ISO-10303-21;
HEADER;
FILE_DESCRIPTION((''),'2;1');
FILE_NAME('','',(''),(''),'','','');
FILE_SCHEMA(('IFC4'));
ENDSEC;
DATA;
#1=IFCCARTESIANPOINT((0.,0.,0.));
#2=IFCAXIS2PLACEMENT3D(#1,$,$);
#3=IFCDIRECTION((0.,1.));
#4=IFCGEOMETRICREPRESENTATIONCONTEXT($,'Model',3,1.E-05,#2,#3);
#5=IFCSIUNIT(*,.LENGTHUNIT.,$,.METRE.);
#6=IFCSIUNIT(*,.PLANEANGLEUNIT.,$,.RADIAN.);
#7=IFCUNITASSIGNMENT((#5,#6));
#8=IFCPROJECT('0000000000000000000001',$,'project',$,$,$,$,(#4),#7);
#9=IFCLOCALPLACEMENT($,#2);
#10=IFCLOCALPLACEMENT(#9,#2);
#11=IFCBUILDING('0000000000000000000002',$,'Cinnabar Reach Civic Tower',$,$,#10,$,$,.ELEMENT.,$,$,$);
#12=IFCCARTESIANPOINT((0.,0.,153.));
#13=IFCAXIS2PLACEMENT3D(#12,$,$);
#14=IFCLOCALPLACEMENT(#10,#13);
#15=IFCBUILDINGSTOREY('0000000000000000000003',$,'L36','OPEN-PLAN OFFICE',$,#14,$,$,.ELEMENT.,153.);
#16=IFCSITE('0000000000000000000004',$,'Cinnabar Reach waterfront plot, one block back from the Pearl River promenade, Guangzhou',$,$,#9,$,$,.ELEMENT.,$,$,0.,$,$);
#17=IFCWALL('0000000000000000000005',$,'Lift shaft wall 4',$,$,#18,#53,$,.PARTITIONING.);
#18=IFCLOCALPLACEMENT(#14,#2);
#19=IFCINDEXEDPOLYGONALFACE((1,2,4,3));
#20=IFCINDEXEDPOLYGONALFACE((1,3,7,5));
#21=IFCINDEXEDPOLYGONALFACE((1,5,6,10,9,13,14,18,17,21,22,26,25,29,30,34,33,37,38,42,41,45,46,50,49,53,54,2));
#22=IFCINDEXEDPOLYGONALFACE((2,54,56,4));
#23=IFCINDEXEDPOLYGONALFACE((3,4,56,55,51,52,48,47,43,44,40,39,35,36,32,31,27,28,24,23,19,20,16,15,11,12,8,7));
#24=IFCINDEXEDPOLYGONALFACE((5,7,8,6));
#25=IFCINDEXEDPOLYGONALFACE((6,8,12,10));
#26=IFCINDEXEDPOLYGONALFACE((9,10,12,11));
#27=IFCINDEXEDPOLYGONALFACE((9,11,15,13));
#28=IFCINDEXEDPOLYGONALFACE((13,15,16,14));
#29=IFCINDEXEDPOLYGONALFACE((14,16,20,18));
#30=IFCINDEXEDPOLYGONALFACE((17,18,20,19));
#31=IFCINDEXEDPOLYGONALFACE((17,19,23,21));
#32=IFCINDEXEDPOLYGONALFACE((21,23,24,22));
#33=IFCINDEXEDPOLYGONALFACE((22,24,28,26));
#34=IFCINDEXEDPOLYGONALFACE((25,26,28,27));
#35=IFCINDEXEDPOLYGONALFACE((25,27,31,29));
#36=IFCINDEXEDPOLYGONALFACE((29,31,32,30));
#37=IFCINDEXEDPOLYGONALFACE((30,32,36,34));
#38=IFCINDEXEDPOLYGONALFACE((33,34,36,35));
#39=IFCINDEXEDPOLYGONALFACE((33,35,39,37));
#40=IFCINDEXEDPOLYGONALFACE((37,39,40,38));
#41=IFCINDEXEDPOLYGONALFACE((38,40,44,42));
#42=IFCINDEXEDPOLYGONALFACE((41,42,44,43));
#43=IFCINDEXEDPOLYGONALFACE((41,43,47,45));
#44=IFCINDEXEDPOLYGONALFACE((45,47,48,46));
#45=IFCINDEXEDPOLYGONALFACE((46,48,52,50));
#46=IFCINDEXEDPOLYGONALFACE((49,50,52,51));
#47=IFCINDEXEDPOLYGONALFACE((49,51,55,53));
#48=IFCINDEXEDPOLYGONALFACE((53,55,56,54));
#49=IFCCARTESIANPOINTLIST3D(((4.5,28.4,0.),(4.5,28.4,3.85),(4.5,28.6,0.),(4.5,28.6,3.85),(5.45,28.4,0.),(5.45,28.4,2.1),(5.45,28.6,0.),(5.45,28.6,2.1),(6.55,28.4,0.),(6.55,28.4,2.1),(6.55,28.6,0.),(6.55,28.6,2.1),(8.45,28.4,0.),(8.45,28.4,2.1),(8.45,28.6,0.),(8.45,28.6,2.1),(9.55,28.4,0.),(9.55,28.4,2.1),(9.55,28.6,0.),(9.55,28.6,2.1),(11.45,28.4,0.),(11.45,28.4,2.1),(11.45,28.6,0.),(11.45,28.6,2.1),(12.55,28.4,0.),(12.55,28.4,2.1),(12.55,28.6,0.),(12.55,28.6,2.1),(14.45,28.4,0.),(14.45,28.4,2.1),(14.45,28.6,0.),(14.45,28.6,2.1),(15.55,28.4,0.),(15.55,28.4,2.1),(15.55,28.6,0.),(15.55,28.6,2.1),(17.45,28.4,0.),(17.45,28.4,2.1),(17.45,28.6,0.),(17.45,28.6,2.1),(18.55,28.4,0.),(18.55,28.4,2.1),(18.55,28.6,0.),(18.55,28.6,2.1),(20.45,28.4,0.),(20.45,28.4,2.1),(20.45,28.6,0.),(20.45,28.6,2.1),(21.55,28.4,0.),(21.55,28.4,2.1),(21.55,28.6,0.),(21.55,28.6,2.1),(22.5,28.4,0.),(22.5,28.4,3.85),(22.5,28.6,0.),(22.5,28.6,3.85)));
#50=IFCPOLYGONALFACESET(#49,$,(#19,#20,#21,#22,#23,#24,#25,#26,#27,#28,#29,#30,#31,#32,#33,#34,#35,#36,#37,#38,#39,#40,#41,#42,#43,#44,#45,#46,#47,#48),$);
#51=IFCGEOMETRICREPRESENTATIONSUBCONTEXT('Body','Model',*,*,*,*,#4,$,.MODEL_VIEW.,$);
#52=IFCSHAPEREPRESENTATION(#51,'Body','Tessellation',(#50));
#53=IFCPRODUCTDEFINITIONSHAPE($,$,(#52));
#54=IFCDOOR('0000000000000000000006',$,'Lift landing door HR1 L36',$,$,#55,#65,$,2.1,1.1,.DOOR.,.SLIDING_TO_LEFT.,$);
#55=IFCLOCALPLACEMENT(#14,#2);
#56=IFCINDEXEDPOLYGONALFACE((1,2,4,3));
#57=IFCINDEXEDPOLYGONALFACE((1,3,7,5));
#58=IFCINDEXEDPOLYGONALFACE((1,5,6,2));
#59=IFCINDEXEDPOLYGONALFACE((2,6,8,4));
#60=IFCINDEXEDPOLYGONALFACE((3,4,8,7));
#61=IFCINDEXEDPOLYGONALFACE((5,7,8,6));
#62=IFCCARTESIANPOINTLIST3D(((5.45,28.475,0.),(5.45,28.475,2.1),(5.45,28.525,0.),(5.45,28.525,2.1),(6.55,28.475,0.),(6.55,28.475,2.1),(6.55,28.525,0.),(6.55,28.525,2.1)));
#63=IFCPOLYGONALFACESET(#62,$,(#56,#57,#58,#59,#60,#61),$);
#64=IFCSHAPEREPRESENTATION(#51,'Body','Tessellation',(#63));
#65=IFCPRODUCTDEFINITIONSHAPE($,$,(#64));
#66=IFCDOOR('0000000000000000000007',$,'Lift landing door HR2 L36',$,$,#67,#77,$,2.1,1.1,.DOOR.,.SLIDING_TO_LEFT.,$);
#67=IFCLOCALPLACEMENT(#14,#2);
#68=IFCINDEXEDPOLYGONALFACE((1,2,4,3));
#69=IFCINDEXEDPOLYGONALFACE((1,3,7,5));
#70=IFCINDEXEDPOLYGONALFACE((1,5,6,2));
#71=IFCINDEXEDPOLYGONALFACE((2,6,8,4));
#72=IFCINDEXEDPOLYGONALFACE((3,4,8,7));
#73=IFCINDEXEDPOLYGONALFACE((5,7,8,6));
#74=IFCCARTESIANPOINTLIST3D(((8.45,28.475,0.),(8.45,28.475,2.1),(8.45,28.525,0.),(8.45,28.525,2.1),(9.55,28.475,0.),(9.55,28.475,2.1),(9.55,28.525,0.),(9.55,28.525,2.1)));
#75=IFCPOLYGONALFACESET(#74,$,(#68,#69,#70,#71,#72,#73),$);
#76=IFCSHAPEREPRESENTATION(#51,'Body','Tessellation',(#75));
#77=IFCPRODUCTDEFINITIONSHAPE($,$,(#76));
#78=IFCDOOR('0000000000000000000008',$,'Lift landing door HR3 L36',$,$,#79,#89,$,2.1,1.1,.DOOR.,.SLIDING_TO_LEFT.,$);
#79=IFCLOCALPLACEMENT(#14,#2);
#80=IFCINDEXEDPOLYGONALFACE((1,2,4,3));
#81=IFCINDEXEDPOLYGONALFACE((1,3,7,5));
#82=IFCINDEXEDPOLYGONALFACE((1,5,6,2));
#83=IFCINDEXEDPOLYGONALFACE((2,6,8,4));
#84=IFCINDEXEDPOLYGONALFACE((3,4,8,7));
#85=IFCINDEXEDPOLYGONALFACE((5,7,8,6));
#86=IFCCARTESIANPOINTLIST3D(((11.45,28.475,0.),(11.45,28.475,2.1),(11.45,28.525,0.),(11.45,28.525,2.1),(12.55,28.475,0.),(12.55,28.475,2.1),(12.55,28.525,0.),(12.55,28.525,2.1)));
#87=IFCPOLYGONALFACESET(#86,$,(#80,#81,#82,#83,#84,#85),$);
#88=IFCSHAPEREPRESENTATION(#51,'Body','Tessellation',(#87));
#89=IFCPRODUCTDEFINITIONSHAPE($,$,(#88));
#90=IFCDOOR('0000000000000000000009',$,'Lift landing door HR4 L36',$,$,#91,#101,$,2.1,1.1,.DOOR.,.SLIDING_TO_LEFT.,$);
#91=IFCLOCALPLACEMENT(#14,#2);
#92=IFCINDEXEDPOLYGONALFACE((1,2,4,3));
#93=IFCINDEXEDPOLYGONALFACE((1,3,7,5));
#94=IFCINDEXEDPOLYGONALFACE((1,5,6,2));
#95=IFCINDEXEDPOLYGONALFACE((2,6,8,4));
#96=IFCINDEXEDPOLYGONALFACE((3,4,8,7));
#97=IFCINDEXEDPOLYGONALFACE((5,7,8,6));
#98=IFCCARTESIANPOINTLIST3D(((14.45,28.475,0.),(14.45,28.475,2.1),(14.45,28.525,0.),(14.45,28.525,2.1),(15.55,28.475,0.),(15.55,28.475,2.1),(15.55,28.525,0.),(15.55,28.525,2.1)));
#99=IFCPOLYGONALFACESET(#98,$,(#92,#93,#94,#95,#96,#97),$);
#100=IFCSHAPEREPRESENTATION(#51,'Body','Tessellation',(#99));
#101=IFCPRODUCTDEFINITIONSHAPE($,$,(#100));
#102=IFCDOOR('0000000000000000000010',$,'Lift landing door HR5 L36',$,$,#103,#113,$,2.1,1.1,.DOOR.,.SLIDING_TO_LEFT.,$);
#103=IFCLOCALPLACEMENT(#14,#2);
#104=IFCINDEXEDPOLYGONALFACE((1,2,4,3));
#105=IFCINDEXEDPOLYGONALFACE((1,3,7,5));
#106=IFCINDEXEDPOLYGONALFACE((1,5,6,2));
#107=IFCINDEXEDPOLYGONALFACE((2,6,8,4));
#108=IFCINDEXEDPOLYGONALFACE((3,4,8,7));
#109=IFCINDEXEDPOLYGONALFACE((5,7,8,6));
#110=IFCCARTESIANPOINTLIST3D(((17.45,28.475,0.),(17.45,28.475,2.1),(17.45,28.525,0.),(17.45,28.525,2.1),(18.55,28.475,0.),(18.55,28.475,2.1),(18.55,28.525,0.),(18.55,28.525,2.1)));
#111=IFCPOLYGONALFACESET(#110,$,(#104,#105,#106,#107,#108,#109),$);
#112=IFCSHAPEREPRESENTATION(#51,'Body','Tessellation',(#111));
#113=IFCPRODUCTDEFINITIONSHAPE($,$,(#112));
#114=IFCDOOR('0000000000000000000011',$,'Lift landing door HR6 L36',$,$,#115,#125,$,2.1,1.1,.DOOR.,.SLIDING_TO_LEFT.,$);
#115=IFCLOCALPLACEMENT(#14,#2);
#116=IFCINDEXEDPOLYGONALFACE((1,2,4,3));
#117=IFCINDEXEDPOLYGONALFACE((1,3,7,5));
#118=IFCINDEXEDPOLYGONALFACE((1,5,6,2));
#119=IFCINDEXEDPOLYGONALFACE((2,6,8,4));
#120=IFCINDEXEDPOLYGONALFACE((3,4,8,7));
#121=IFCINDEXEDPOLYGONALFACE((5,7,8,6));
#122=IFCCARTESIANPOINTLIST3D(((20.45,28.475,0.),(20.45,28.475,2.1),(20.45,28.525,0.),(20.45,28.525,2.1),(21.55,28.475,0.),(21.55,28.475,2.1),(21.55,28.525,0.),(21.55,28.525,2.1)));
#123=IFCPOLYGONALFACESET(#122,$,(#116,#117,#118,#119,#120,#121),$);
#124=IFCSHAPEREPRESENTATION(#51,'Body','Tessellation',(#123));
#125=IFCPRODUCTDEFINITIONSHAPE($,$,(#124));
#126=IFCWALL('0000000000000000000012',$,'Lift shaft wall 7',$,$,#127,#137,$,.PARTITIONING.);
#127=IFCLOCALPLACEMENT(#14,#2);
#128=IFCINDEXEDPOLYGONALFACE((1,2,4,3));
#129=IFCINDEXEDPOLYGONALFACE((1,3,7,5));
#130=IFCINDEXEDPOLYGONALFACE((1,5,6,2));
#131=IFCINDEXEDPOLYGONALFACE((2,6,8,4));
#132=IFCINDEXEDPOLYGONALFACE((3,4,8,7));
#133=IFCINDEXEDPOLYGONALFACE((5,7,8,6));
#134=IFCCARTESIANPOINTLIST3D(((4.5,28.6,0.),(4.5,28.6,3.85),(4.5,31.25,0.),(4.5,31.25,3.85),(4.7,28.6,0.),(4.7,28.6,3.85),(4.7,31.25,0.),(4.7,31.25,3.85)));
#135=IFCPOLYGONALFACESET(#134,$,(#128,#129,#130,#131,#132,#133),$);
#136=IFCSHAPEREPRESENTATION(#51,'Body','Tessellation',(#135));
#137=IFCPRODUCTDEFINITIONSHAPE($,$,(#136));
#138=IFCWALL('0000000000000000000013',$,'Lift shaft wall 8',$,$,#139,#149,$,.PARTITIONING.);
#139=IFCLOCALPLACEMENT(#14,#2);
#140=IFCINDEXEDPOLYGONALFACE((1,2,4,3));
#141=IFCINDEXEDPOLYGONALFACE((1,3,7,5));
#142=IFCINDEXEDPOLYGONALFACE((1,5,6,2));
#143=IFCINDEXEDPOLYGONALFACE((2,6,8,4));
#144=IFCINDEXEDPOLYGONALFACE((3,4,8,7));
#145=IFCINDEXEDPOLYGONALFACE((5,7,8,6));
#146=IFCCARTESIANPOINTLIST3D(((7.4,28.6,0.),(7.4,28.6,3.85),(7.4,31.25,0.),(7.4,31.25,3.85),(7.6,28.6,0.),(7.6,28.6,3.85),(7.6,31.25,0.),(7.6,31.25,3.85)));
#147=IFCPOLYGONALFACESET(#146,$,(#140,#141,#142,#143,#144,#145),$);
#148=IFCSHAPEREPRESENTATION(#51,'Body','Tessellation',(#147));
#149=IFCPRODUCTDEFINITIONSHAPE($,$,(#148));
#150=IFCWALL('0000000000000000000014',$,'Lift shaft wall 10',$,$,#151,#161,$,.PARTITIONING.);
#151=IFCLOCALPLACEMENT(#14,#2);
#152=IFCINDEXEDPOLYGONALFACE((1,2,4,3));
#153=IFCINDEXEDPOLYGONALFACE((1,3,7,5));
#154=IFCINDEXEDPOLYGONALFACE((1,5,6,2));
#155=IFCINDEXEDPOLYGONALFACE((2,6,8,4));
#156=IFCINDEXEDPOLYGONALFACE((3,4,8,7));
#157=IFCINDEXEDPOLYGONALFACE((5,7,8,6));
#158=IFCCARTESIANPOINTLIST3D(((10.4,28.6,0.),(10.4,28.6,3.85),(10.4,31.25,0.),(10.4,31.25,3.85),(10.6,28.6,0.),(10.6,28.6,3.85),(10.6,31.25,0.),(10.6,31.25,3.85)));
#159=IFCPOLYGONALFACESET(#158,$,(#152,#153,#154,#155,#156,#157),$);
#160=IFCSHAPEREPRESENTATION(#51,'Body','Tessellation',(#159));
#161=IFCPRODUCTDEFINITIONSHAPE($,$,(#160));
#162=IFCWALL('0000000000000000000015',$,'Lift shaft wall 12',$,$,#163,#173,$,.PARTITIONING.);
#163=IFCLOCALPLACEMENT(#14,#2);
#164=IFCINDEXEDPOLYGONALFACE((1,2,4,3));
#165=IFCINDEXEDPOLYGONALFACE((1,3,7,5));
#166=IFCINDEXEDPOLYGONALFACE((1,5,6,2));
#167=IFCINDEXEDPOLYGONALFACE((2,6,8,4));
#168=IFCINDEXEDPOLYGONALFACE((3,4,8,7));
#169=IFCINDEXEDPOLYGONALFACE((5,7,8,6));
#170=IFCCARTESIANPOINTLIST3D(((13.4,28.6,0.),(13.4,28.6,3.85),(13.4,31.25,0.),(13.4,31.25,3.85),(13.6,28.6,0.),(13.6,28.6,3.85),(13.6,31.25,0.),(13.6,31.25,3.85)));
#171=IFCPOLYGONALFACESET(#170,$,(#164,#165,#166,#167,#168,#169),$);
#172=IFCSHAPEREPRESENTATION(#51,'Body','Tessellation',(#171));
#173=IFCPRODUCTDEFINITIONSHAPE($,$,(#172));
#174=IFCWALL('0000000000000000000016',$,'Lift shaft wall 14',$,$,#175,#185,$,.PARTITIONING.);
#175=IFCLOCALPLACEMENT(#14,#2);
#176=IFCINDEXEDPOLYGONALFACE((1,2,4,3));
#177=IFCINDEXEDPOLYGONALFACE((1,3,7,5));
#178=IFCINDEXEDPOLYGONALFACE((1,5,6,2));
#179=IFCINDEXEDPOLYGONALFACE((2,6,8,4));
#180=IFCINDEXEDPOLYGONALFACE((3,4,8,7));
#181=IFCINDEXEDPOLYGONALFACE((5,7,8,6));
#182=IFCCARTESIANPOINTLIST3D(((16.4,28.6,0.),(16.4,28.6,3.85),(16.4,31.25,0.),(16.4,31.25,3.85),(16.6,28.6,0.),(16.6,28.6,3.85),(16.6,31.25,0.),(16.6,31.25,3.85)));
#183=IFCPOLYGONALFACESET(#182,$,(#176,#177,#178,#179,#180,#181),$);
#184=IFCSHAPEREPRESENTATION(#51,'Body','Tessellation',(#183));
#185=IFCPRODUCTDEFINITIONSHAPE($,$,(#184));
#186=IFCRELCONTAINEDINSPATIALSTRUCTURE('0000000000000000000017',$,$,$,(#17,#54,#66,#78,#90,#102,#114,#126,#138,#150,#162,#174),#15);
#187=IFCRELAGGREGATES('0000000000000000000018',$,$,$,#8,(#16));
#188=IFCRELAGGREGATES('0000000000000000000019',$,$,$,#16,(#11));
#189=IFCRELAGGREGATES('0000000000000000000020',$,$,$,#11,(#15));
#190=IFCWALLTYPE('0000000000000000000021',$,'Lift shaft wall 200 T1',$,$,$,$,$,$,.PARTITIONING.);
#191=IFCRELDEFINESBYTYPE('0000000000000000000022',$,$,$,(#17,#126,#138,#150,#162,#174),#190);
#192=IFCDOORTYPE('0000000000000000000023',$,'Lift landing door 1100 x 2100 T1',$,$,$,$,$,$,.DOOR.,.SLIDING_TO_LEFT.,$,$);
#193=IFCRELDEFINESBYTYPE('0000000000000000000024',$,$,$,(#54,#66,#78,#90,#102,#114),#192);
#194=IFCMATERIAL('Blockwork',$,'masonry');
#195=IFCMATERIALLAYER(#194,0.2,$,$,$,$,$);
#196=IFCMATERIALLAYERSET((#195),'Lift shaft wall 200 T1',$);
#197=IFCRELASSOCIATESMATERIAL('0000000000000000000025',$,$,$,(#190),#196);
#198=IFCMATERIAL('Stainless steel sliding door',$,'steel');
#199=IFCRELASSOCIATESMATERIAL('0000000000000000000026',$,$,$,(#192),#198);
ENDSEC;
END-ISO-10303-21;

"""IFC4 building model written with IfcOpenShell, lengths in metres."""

from ifc_helpers import new_model, si_unit, direction, frame, frame_2d, origin, place, context, subcontext, project, spatial, rectangle, extrude, material, layer, layer_set, type_object, element, fill, save


model = new_model("IFC4")

# Units and contexts
model_context = context("Model", 3, precision=1e-05, world=origin(), true_north=direction((0.0, 1.0)))
body_context = subcontext(model_context, "Body", "Model", "MODEL_VIEW")
ifc_project = project(units=[si_unit("LENGTHUNIT", "METRE"), si_unit("PLANEANGLEUNIT", "RADIAN")], contexts=[model_context])

# Site, building, storey
site_placement = place(None, origin())
site = spatial("IfcSite", under=ifc_project, at=site_placement, Name="Cinnabar Reach waterfront plot, one block back from the Pearl River promenade, Guangzhou", CompositionType="ELEMENT", RefElevation=0.0)
building_placement = place(site_placement, origin())
building = spatial("IfcBuilding", under=site, at=building_placement, Name="Cinnabar Reach Civic Tower", CompositionType="ELEMENT")
storey_placement = place(building_placement, frame((0.0, 0.0, 153.0)))
storey = spatial("IfcBuildingStorey", under=building, at=storey_placement, Name="L36", Description="OPEN-PLAN OFFICE", CompositionType="ELEMENT", Elevation=153.0)

# Wall, openings, doors
ifc_material_1 = material(Name="Blockwork", Category="masonry")
ifc_layer_1 = layer(ifc_material_1, 0.2)
ifc_layer_set_1 = layer_set([ifc_layer_1], Name="Lift shaft wall 200 T1")
wall_type_1 = type_object("IfcWallType", Name="Lift shaft wall 200 T1", PredefinedType="PARTITIONING", material=ifc_layer_set_1)
wall_1_placement = place(storey_placement, frame((4.5, 28.5, 0.0), z_axis=(0.0, 0.0, 1.0), x_axis=(1.0, 0.0, 0.0)))
wall_1 = element("IfcWall", 1, at=wall_1_placement, inside=storey, type_object=wall_type_1, Name="Lift shaft wall 4", PredefinedType="PARTITIONING", context=body_context, shape_type="SweptSolid", body=[
    extrude(rectangle(XDim=18.0, YDim=0.2, at=frame_2d((9.0, 0.0))), origin(), (0.0, 0.0, 1.0), 3.85),
])
opening_1_placement = place(wall_1_placement, frame((0.95, 0.0, 0.0)))
opening_1 = element("IfcOpeningElement", 2, at=opening_1_placement, cuts=wall_1, PredefinedType="OPENING", context=body_context, shape_type="SweptSolid", body=[
    extrude(rectangle(XDim=1.1, YDim=2.1, at=frame_2d((0.55, 1.05))), frame((0.0, 0.11, 0.0), z_axis=(0.0, -1.0, 0.0), x_axis=(1.0, 0.0, 0.0)), (0.0, 0.0, 1.0), 0.22),
])
opening_2_placement = place(wall_1_placement, frame((3.95, 0.0, 0.0)))
opening_2 = element("IfcOpeningElement", 3, at=opening_2_placement, cuts=wall_1, PredefinedType="OPENING", context=body_context, shape_type="SweptSolid", body=[
    extrude(rectangle(XDim=1.1, YDim=2.1, at=frame_2d((0.55, 1.05))), frame((0.0, 0.11, 0.0), z_axis=(0.0, -1.0, 0.0), x_axis=(1.0, 0.0, 0.0)), (0.0, 0.0, 1.0), 0.22),
])
opening_3_placement = place(wall_1_placement, frame((6.95, 0.0, 0.0)))
opening_3 = element("IfcOpeningElement", 4, at=opening_3_placement, cuts=wall_1, PredefinedType="OPENING", context=body_context, shape_type="SweptSolid", body=[
    extrude(rectangle(XDim=1.1, YDim=2.1, at=frame_2d((0.55, 1.05))), frame((0.0, 0.11, 0.0), z_axis=(0.0, -1.0, 0.0), x_axis=(1.0, 0.0, 0.0)), (0.0, 0.0, 1.0), 0.22),
])
opening_4_placement = place(wall_1_placement, frame((9.95, 0.0, 0.0)))
opening_4 = element("IfcOpeningElement", 5, at=opening_4_placement, cuts=wall_1, PredefinedType="OPENING", context=body_context, shape_type="SweptSolid", body=[
    extrude(rectangle(XDim=1.1, YDim=2.1, at=frame_2d((0.55, 1.05))), frame((0.0, 0.11, 0.0), z_axis=(0.0, -1.0, 0.0), x_axis=(1.0, 0.0, 0.0)), (0.0, 0.0, 1.0), 0.22),
])
opening_5_placement = place(wall_1_placement, frame((12.95, 0.0, 0.0)))
opening_5 = element("IfcOpeningElement", 6, at=opening_5_placement, cuts=wall_1, PredefinedType="OPENING", context=body_context, shape_type="SweptSolid", body=[
    extrude(rectangle(XDim=1.1, YDim=2.1, at=frame_2d((0.55, 1.05))), frame((0.0, 0.11, 0.0), z_axis=(0.0, -1.0, 0.0), x_axis=(1.0, 0.0, 0.0)), (0.0, 0.0, 1.0), 0.22),
])
opening_6_placement = place(wall_1_placement, frame((15.95, 0.0, 0.0)))
opening_6 = element("IfcOpeningElement", 7, at=opening_6_placement, cuts=wall_1, PredefinedType="OPENING", context=body_context, shape_type="SweptSolid", body=[
    extrude(rectangle(XDim=1.1, YDim=2.1, at=frame_2d((0.55, 1.05))), frame((0.0, 0.11, 0.0), z_axis=(0.0, -1.0, 0.0), x_axis=(1.0, 0.0, 0.0)), (0.0, 0.0, 1.0), 0.22),
])
ifc_material_2 = material(Name="Stainless steel sliding door", Category="steel")
door_type_1 = type_object("IfcDoorType", Name="Lift landing door 1100 x 2100 T1", OperationType="SLIDING_TO_LEFT", PredefinedType="DOOR", material=ifc_material_2)
door_1_placement = place(opening_1_placement, origin())
door_1 = element("IfcDoor", 8, at=door_1_placement, inside=storey, type_object=door_type_1, Name="Lift landing door HR1 L36", OperationType="SLIDING_TO_LEFT", OverallHeight=2.1, OverallWidth=1.1, PredefinedType="DOOR", context=body_context, shape_type="SweptSolid", body=[
    extrude(rectangle(XDim=1.1, YDim=2.1, at=frame_2d((0.55, 1.05))), frame((0.0, 0.025, 0.0), z_axis=(0.0, -1.0, 0.0), x_axis=(1.0, 0.0, 0.0)), (0.0, 0.0, 1.0), 0.05),
])
fill(opening_1, door_1)
door_2_placement = place(opening_2_placement, origin())
door_2 = element("IfcDoor", 9, at=door_2_placement, inside=storey, type_object=door_type_1, Name="Lift landing door HR2 L36", OperationType="SLIDING_TO_LEFT", OverallHeight=2.1, OverallWidth=1.1, PredefinedType="DOOR", context=body_context, shape_type="SweptSolid", body=[
    extrude(rectangle(XDim=1.1, YDim=2.1, at=frame_2d((0.55, 1.05))), frame((0.0, 0.025, 0.0), z_axis=(0.0, -1.0, 0.0), x_axis=(1.0, 0.0, 0.0)), (0.0, 0.0, 1.0), 0.05),
])
fill(opening_2, door_2)
door_3_placement = place(opening_3_placement, origin())
door_3 = element("IfcDoor", 10, at=door_3_placement, inside=storey, type_object=door_type_1, Name="Lift landing door HR3 L36", OperationType="SLIDING_TO_LEFT", OverallHeight=2.1, OverallWidth=1.1, PredefinedType="DOOR", context=body_context, shape_type="SweptSolid", body=[
    extrude(rectangle(XDim=1.1, YDim=2.1, at=frame_2d((0.55, 1.05))), frame((0.0, 0.025, 0.0), z_axis=(0.0, -1.0, 0.0), x_axis=(1.0, 0.0, 0.0)), (0.0, 0.0, 1.0), 0.05),
])
fill(opening_3, door_3)
door_4_placement = place(opening_4_placement, origin())
door_4 = element("IfcDoor", 11, at=door_4_placement, inside=storey, type_object=door_type_1, Name="Lift landing door HR4 L36", OperationType="SLIDING_TO_LEFT", OverallHeight=2.1, OverallWidth=1.1, PredefinedType="DOOR", context=body_context, shape_type="SweptSolid", body=[
    extrude(rectangle(XDim=1.1, YDim=2.1, at=frame_2d((0.55, 1.05))), frame((0.0, 0.025, 0.0), z_axis=(0.0, -1.0, 0.0), x_axis=(1.0, 0.0, 0.0)), (0.0, 0.0, 1.0), 0.05),
])
fill(opening_4, door_4)
door_5_placement = place(opening_5_placement, origin())
door_5 = element("IfcDoor", 12, at=door_5_placement, inside=storey, type_object=door_type_1, Name="Lift landing door HR5 L36", OperationType="SLIDING_TO_LEFT", OverallHeight=2.1, OverallWidth=1.1, PredefinedType="DOOR", context=body_context, shape_type="SweptSolid", body=[
    extrude(rectangle(XDim=1.1, YDim=2.1, at=frame_2d((0.55, 1.05))), frame((0.0, 0.025, 0.0), z_axis=(0.0, -1.0, 0.0), x_axis=(1.0, 0.0, 0.0)), (0.0, 0.0, 1.0), 0.05),
])
fill(opening_5, door_5)
door_6_placement = place(opening_6_placement, origin())
door_6 = element("IfcDoor", 13, at=door_6_placement, inside=storey, type_object=door_type_1, Name="Lift landing door HR6 L36", OperationType="SLIDING_TO_LEFT", OverallHeight=2.1, OverallWidth=1.1, PredefinedType="DOOR", context=body_context, shape_type="SweptSolid", body=[
    extrude(rectangle(XDim=1.1, YDim=2.1, at=frame_2d((0.55, 1.05))), frame((0.0, 0.025, 0.0), z_axis=(0.0, -1.0, 0.0), x_axis=(1.0, 0.0, 0.0)), (0.0, 0.0, 1.0), 0.05),
])
fill(opening_6, door_6)

# Walls
for number, where, z_axis, x_axis, name in (
    (14, (4.6, 28.6, 0.0), (0.0, 0.0, 1.0), (0.0, 1.0, 0.0), "Lift shaft wall 7"),
    (15, (7.5, 28.6, 0.0), (0.0, 0.0, 1.0), (0.0, 1.0, 0.0), "Lift shaft wall 8"),
    (16, (10.5, 28.6, 0.0), (0.0, 0.0, 1.0), (0.0, 1.0, 0.0), "Lift shaft wall 10"),
    (17, (13.5, 28.6, 0.0), (0.0, 0.0, 1.0), (0.0, 1.0, 0.0), "Lift shaft wall 12"),
    (18, (16.5, 28.6, 0.0), (0.0, 0.0, 1.0), (0.0, 1.0, 0.0), "Lift shaft wall 14"),
):
    element("IfcWall", number, at=place(storey_placement, frame(where, z_axis=z_axis, x_axis=x_axis)), inside=storey, type_object=wall_type_1, Name=name, PredefinedType="PARTITIONING", context=body_context, shape_type="SweptSolid", body=[
        extrude(rectangle(XDim=2.65, YDim=0.2, at=frame_2d((1.325, 0.0))), origin(), (0.0, 0.0, 1.0), 3.85),
    ])

save(model, "model.ifc")
